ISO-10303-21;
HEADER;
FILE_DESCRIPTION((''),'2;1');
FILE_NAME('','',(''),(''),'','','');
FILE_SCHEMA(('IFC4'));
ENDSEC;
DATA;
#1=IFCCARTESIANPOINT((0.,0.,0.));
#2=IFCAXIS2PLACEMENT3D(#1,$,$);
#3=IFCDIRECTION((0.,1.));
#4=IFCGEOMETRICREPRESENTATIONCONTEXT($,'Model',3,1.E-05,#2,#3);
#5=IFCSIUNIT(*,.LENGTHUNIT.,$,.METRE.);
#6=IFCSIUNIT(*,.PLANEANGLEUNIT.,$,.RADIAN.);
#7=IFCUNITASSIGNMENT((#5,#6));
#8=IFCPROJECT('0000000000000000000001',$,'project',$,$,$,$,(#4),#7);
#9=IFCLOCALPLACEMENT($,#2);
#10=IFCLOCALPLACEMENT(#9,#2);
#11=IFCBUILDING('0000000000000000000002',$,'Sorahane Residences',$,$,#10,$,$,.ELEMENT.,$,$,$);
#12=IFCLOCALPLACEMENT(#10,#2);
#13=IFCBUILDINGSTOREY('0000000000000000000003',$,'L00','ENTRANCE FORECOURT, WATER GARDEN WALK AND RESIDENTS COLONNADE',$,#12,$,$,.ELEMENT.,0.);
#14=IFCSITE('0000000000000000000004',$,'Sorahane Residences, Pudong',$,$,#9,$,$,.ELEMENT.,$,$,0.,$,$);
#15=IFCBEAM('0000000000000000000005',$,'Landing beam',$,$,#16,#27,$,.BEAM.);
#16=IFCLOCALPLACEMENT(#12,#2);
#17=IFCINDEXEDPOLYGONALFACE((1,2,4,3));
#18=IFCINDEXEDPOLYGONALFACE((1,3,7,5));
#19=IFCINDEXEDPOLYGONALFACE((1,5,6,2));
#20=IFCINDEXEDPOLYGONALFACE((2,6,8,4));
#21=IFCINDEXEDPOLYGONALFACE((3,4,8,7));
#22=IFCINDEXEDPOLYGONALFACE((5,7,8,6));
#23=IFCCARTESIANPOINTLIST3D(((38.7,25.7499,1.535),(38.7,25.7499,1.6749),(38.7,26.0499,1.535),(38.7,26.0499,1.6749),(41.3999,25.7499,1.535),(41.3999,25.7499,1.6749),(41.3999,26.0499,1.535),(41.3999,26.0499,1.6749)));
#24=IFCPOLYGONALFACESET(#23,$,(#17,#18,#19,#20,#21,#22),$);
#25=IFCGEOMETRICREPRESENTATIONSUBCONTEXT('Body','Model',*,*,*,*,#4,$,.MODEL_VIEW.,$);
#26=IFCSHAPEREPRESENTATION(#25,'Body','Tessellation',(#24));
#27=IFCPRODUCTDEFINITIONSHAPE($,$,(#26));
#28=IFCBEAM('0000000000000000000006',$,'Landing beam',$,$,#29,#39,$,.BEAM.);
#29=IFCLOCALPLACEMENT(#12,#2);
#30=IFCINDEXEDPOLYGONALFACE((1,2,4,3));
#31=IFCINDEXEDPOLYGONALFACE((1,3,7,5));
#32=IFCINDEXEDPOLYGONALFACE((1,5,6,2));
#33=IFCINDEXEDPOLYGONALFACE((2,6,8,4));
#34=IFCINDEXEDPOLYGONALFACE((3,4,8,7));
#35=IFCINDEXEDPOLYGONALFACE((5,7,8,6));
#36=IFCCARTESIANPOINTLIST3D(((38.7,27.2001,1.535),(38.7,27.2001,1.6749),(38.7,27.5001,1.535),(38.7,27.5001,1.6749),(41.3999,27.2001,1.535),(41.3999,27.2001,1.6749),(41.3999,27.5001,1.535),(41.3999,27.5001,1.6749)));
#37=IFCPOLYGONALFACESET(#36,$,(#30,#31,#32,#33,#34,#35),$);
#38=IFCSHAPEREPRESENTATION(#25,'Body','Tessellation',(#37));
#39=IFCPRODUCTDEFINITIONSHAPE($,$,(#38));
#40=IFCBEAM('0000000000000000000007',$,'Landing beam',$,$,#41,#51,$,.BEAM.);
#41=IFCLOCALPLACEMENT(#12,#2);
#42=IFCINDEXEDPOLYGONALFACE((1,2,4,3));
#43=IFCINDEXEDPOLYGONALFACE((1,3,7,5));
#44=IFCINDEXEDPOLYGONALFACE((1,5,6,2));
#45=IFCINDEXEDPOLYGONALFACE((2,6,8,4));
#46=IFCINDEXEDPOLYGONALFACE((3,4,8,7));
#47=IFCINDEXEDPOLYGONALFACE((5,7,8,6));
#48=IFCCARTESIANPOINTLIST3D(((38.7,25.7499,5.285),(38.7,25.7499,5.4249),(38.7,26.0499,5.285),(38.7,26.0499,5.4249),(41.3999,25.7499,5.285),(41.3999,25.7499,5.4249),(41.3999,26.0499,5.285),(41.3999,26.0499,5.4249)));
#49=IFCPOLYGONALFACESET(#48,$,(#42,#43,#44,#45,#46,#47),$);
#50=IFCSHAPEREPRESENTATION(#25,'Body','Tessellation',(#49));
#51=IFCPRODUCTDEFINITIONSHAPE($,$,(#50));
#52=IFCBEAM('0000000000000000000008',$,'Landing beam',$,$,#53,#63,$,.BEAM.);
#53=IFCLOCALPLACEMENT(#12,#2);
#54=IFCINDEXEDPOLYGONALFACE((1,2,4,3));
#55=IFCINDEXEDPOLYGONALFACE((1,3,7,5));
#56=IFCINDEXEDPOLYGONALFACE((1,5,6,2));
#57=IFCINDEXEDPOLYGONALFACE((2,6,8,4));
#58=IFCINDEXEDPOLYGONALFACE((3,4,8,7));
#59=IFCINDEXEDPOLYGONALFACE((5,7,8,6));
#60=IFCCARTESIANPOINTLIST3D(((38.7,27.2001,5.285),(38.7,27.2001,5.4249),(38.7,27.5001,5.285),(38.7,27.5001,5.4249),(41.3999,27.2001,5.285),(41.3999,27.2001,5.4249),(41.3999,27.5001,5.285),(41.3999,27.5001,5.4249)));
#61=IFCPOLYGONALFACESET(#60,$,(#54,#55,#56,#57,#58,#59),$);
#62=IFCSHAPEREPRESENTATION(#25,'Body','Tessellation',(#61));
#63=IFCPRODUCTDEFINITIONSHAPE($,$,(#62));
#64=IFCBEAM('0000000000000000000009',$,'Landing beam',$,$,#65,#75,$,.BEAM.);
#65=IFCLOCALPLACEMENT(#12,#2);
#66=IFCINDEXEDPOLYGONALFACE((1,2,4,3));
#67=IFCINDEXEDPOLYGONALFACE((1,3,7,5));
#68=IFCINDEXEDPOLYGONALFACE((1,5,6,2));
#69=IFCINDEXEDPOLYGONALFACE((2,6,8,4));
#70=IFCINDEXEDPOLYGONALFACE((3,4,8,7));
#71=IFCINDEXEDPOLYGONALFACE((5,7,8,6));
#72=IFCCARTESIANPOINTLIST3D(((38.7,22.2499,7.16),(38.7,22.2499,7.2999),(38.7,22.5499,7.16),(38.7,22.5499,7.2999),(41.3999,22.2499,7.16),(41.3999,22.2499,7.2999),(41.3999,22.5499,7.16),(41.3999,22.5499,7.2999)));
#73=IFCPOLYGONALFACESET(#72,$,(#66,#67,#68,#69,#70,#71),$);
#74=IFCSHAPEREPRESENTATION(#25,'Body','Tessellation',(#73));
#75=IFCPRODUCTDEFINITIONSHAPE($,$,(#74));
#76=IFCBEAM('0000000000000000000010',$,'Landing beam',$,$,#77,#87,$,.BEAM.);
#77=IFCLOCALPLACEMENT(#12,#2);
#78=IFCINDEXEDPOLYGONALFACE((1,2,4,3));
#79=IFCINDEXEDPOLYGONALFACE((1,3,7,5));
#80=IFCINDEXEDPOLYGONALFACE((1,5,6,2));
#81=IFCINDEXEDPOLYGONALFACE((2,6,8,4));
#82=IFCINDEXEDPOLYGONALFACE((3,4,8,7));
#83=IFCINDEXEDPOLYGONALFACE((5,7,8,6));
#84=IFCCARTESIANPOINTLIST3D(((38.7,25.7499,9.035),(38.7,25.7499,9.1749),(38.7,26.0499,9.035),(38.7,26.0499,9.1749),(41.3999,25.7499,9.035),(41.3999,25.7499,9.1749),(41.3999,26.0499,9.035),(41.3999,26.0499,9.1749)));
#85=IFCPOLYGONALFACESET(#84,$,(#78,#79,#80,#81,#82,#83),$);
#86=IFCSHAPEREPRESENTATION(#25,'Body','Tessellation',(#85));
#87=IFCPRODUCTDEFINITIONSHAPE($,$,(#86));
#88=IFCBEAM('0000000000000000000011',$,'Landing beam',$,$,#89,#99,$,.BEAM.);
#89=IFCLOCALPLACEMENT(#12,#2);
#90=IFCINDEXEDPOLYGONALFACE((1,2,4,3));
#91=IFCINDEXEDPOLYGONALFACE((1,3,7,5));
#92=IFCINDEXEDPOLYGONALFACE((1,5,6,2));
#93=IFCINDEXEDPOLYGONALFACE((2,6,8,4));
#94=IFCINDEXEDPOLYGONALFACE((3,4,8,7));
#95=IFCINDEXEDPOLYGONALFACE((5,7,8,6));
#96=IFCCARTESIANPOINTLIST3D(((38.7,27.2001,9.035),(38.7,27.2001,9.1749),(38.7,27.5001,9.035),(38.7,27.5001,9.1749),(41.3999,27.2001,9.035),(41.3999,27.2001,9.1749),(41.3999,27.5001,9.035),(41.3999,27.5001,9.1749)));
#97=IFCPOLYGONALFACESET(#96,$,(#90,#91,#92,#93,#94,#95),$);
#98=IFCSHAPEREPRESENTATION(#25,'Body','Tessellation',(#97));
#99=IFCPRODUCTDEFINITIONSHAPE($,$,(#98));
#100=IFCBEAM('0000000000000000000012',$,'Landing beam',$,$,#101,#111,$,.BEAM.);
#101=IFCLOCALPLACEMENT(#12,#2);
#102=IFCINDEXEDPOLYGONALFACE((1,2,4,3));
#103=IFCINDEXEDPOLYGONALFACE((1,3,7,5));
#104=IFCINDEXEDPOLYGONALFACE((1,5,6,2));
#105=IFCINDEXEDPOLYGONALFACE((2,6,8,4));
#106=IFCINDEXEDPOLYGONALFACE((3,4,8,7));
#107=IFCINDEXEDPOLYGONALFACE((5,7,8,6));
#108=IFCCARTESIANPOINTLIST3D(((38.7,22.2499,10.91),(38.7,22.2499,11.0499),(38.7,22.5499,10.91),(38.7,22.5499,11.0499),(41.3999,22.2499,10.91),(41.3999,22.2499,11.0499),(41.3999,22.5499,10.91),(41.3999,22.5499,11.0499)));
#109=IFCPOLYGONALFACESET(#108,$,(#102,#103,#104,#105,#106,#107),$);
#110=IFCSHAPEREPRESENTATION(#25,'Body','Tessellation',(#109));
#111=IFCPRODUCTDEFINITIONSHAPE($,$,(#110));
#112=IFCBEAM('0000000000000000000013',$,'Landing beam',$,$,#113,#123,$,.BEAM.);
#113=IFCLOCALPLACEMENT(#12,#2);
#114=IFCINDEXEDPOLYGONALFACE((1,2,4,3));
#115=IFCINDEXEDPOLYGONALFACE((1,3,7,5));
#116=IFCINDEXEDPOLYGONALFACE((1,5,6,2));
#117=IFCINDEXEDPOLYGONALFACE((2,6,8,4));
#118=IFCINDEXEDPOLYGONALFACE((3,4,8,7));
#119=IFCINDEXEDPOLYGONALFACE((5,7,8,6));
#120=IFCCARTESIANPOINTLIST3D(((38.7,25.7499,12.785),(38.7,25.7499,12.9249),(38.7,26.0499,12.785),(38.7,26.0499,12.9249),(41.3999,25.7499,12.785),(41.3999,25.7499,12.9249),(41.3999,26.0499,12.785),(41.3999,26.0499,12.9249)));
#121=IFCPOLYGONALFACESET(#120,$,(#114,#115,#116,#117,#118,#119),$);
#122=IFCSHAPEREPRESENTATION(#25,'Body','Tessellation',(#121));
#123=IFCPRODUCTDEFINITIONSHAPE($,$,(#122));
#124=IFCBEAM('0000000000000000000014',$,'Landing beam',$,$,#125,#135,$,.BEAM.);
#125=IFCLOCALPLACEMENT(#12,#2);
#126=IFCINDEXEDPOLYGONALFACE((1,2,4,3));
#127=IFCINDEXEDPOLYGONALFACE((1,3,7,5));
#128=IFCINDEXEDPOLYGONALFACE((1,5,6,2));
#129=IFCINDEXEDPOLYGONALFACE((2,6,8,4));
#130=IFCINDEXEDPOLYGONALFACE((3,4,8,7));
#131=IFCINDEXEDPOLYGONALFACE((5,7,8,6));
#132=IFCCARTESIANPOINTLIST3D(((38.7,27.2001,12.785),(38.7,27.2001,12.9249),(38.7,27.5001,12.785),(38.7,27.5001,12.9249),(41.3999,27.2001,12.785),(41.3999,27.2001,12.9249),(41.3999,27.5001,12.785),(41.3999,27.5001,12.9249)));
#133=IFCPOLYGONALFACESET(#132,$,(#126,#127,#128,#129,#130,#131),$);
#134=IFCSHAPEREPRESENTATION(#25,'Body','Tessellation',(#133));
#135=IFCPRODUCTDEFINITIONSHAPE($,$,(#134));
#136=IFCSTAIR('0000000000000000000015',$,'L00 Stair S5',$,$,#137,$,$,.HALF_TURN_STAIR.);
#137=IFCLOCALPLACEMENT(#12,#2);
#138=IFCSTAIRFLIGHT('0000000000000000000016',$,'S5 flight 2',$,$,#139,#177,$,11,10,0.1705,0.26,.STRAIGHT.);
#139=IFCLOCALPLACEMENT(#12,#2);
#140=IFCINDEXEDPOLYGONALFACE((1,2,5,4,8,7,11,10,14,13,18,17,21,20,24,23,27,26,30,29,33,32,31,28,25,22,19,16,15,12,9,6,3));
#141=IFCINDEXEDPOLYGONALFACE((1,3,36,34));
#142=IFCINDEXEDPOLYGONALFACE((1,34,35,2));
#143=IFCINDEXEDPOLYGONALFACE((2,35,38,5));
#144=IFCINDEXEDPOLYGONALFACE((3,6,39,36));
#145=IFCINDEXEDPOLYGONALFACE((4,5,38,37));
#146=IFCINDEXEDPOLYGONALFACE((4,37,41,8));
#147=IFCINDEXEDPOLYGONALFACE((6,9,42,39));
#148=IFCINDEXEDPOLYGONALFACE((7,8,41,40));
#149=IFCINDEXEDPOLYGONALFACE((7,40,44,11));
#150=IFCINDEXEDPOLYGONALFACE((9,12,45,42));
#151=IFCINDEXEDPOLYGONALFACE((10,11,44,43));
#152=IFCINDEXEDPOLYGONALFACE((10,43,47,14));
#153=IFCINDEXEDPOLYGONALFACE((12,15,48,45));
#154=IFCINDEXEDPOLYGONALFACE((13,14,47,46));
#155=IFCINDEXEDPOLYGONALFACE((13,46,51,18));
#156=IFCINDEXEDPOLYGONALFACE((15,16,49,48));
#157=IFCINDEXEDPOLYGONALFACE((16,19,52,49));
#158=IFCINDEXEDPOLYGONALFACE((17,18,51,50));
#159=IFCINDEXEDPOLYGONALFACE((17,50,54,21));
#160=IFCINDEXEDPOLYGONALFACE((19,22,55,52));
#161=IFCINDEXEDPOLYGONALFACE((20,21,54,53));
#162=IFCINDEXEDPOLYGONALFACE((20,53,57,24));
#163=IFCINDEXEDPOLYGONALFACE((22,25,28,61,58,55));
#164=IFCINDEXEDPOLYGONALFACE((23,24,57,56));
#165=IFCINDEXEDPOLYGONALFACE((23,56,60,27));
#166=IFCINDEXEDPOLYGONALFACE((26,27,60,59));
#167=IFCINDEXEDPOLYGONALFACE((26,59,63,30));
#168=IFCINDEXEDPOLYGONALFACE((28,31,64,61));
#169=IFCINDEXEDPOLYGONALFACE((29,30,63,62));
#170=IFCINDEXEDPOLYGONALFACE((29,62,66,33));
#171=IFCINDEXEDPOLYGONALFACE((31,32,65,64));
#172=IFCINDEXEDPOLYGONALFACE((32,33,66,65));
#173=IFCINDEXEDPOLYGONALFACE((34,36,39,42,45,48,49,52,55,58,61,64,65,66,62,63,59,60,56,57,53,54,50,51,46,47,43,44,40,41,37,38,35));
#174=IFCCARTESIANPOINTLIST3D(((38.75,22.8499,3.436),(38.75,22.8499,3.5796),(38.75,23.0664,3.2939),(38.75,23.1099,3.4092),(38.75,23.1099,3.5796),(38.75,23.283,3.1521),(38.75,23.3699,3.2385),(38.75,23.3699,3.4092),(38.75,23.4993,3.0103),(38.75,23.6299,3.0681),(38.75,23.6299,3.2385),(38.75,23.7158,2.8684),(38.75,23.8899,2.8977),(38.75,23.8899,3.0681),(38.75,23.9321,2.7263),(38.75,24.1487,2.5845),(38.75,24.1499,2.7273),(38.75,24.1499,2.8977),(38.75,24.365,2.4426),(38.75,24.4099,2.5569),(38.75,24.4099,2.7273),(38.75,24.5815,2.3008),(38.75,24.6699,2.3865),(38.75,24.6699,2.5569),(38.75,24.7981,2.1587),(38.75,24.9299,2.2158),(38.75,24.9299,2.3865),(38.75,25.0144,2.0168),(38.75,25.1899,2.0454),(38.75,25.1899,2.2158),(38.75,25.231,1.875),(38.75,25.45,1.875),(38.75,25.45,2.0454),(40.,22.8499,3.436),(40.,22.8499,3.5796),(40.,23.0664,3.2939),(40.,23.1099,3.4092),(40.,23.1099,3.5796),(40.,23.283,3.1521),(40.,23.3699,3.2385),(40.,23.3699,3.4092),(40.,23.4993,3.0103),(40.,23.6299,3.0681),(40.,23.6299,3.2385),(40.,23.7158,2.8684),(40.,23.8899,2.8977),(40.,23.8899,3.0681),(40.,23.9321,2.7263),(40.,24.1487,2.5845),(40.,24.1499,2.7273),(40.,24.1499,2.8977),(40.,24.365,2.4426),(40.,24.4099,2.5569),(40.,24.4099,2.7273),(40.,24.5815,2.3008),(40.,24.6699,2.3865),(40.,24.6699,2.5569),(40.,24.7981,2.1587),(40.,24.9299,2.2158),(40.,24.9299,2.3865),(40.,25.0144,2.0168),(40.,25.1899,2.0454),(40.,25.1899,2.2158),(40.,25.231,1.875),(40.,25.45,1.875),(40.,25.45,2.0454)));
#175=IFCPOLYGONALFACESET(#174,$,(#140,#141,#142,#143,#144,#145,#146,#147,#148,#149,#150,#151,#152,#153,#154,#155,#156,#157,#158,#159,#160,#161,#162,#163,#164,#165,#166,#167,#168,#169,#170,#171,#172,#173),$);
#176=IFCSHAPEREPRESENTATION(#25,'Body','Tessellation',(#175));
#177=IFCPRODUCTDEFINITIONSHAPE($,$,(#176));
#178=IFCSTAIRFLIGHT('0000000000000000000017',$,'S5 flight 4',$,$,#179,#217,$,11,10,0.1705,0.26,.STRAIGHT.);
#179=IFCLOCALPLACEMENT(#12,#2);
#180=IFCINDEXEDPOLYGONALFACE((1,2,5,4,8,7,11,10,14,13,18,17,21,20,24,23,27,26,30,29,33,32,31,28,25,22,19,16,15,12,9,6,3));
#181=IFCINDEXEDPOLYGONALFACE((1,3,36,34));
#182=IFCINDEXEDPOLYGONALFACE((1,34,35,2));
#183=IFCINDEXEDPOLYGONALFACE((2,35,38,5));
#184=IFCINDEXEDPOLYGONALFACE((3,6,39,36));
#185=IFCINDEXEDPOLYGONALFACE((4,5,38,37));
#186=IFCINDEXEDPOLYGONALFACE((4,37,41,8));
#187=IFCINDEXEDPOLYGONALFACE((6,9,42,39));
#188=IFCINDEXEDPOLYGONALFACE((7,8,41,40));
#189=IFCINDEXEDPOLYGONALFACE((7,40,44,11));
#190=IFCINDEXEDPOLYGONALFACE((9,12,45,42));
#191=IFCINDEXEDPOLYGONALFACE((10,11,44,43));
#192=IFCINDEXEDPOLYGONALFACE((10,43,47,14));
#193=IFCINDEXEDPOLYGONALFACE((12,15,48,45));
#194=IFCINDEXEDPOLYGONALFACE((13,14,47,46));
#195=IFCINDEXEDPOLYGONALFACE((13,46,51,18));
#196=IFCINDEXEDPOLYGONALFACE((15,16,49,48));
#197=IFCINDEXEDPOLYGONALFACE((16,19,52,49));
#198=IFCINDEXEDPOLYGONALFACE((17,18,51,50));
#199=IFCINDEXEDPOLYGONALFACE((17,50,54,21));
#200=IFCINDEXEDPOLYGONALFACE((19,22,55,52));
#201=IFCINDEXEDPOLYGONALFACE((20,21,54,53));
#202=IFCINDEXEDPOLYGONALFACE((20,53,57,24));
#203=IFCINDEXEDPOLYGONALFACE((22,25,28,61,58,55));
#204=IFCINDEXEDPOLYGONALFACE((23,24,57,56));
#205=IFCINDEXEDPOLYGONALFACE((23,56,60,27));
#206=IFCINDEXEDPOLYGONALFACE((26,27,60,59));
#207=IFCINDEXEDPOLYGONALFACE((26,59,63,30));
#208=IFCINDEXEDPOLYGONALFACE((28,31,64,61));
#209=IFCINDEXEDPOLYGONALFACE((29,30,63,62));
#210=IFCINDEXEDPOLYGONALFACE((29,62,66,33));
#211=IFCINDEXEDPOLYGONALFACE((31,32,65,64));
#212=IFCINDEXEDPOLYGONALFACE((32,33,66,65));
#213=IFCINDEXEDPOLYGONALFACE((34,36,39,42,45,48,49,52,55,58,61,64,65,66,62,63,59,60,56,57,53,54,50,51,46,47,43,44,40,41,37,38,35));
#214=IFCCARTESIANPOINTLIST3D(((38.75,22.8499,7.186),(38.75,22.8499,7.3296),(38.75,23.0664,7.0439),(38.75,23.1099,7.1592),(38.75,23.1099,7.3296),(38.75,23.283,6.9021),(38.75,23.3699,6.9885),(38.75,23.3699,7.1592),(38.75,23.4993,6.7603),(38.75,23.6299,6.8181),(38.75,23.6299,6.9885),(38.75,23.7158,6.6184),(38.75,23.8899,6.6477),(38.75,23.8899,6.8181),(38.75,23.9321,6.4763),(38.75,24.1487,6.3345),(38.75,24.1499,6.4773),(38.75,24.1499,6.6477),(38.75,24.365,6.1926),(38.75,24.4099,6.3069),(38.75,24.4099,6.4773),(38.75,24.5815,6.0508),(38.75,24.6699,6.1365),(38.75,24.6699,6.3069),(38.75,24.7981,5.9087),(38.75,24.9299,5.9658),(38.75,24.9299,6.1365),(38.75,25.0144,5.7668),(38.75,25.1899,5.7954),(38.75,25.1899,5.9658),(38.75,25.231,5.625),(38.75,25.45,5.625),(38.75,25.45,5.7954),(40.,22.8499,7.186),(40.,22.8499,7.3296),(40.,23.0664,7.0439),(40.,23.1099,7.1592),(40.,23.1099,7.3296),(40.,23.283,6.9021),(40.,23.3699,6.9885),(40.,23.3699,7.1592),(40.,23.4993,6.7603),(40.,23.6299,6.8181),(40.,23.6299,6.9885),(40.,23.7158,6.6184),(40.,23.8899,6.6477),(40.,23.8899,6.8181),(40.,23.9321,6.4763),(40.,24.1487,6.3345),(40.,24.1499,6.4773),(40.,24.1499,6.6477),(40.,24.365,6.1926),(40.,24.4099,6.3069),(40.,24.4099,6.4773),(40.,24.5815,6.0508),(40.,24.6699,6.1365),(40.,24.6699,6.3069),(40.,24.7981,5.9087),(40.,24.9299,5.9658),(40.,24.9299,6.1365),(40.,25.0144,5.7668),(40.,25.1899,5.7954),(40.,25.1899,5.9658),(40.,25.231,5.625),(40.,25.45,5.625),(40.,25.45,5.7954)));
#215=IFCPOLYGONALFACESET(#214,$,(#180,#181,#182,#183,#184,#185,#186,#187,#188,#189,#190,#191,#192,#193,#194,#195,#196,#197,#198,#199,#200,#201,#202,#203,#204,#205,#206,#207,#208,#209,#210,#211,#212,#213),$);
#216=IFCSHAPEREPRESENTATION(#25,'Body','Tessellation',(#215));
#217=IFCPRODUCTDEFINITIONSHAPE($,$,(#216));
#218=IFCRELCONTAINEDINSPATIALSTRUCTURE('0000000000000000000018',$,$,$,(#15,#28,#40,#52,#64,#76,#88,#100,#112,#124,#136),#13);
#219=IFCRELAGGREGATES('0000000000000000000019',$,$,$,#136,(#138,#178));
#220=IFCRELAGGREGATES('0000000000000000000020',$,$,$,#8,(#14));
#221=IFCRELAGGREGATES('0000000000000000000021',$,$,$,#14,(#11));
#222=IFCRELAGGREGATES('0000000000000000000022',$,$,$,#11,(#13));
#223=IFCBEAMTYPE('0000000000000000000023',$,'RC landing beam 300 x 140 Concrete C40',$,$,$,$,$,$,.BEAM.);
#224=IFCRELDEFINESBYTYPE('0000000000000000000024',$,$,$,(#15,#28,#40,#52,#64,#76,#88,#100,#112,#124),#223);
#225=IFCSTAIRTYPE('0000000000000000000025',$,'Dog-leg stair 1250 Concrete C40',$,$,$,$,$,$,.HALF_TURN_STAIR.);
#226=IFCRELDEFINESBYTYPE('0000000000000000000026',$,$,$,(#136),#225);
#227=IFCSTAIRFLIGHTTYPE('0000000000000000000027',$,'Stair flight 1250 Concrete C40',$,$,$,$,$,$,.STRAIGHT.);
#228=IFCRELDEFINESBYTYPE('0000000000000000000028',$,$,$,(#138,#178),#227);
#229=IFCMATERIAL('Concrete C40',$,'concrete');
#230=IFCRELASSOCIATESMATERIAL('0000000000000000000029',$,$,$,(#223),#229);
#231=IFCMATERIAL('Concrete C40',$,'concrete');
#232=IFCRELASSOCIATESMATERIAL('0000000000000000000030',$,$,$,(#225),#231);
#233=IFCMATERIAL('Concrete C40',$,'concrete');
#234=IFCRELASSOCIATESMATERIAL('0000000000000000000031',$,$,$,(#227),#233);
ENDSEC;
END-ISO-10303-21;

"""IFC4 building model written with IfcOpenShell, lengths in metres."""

from ifc_helpers import new_model, si_unit, direction, frame, origin, origin_2d, place, context, subcontext, project, spatial, polyline, rectangle, outline, extrude, material, material_profile, profile_set, type_object, element, aggregate, save


model = new_model("IFC4")

# Units and contexts
model_context = context("Model", 3, precision=1e-05, world=origin(), true_north=direction((0.0, 1.0)))
body_context = subcontext(model_context, "Body", "Model", "MODEL_VIEW")
ifc_project = project(units=[si_unit("LENGTHUNIT", "METRE"), si_unit("PLANEANGLEUNIT", "RADIAN")], contexts=[model_context])

# Site, building, storey
site_placement = place(None, origin())
site = spatial("IfcSite", under=ifc_project, at=site_placement, Name="Sorahane Residences, Pudong", CompositionType="ELEMENT", RefElevation=0.0)
building_placement = place(site_placement, origin())
building = spatial("IfcBuilding", under=site, at=building_placement, Name="Sorahane Residences", CompositionType="ELEMENT")
storey_placement = place(building_placement, origin())
storey = spatial("IfcBuildingStorey", under=building, at=storey_placement, Name="L00", Description="ENTRANCE FORECOURT, WATER GARDEN WALK AND RESIDENTS COLONNADE", CompositionType="ELEMENT", Elevation=0.0)

# Beams
ifc_material_1 = material(Name="Concrete C40", Category="concrete")
ifc_material_profile = material_profile(ifc_material_1, rectangle(XDim=0.3, YDim=0.1399, at=origin_2d()), Name="300x140")
ifc_profile_set = profile_set([ifc_material_profile], Name="Concrete C40")
beam_type = type_object("IfcBeamType", Name="RC landing beam 300 x 140 Concrete C40", PredefinedType="BEAM", material=ifc_profile_set)
for number, where, z_axis, x_axis, name in (
    (1, (38.7, 25.8999, 1.605), (1.0, 0.0, 0.0), (0.0, 1.0, 0.0), "Landing beam"),
    (2, (38.7, 27.3501, 1.605), (1.0, 0.0, 0.0), (0.0, 1.0, 0.0), "Landing beam"),
    (3, (38.7, 25.8999, 5.355), (1.0, 0.0, 0.0), (0.0, 1.0, 0.0), "Landing beam"),
    (4, (38.7, 27.3501, 5.355), (1.0, 0.0, 0.0), (0.0, 1.0, 0.0), "Landing beam"),
    (5, (38.7, 22.3999, 7.23), (1.0, 0.0, 0.0), (0.0, 1.0, 0.0), "Landing beam"),
    (6, (38.7, 25.8999, 9.105), (1.0, 0.0, 0.0), (0.0, 1.0, 0.0), "Landing beam"),
    (7, (38.7, 27.3501, 9.105), (1.0, 0.0, 0.0), (0.0, 1.0, 0.0), "Landing beam"),
    (8, (38.7, 22.3999, 10.98), (1.0, 0.0, 0.0), (0.0, 1.0, 0.0), "Landing beam"),
    (9, (38.7, 25.8999, 12.855), (1.0, 0.0, 0.0), (0.0, 1.0, 0.0), "Landing beam"),
    (10, (38.7, 27.3501, 12.855), (1.0, 0.0, 0.0), (0.0, 1.0, 0.0), "Landing beam"),
):
    element("IfcBeam", number, at=place(storey_placement, frame(where, z_axis=z_axis, x_axis=x_axis)), inside=storey, type_object=beam_type, Name=name, PredefinedType="BEAM", context=body_context, shape_type="SweptSolid", body=[
        extrude(rectangle(XDim=0.3, YDim=0.1399, at=origin_2d()), origin(), (0.0, 0.0, 1.0), 2.7),
    ])

# Stair, stair flights
ifc_material_2 = material(Name="Concrete C40", Category="concrete")
stair_type = type_object("IfcStairType", Name="Dog-leg stair 1250 Concrete C40", PredefinedType="HALF_TURN_STAIR", material=ifc_material_2)
stair_placement = place(storey_placement, origin())
stair = element("IfcStair", 11, at=stair_placement, inside=storey, type_object=stair_type, Name="L00 Stair S5", PredefinedType="HALF_TURN_STAIR")
ifc_material_3 = material(Name="Concrete C40", Category="concrete")
stair_flight_type = type_object("IfcStairFlightType", Name="Stair flight 1250 Concrete C40", PredefinedType="STRAIGHT", material=ifc_material_3)
stair_flight_1_placement = place(storey_placement, frame((39.375, 25.45, 1.875), z_axis=(0.0, 0.0, 1.0), x_axis=(0.0, -1.0, 0.0)))
stair_flight_1 = element("IfcStairFlight", 12, at=stair_flight_1_placement, type_object=stair_flight_type, Name="S5 flight 2", NumberOfRisers=11, NumberOfTreads=10, PredefinedType="STRAIGHT", RiserHeight=0.1705, TreadLength=0.26, context=body_context, shape_type="SweptSolid", body=[
    extrude(outline(polyline([(0.0, 0.0), (0.0, 0.1704), (0.26, 0.1704), (0.26, 0.3408), (0.52, 0.3408), (0.52, 0.5115), (0.78, 0.5115), (0.78, 0.6819), (1.04, 0.6819), (1.04, 0.8523), (1.3, 0.8523), (1.3, 1.0227), (1.5601, 1.0227), (1.5601, 1.1931), (1.8201, 1.1931), (1.8201, 1.3635), (2.0801, 1.3635), (2.0801, 1.5342), (2.3401, 1.5342), (2.3401, 1.7046), (2.6001, 1.7046), (2.6001, 1.875), (2.6001, 1.561), (2.3835, 1.4189), (2.167, 1.2771), (1.9507, 1.1353), (1.7341, 0.9934), (1.5178, 0.8513), (1.3013, 0.7095), (1.085, 0.5676), (0.8684, 0.4258), (0.6519, 0.2837), (0.4355, 0.1418), (0.219, 0.0), (0.0, 0.0)])), frame((0.0, 0.625, 0.0), z_axis=(0.0, -1.0, 0.0), x_axis=(1.0, 0.0, 0.0)), (0.0, 0.0, 1.0), 1.25),
])
stair_flight_2_placement = place(storey_placement, frame((39.375, 25.45, 5.625), z_axis=(0.0, 0.0, 1.0), x_axis=(0.0, -1.0, 0.0)))
stair_flight_2 = element("IfcStairFlight", 13, at=stair_flight_2_placement, type_object=stair_flight_type, Name="S5 flight 4", NumberOfRisers=11, NumberOfTreads=10, PredefinedType="STRAIGHT", RiserHeight=0.1705, TreadLength=0.26, context=body_context, shape_type="SweptSolid", body=[
    extrude(outline(polyline([(0.0, 0.0), (0.0, 0.1704), (0.26, 0.1704), (0.26, 0.3408), (0.52, 0.3408), (0.52, 0.5115), (0.78, 0.5115), (0.78, 0.6819), (1.04, 0.6819), (1.04, 0.8523), (1.3, 0.8523), (1.3, 1.0227), (1.5601, 1.0227), (1.5601, 1.1931), (1.8201, 1.1931), (1.8201, 1.3635), (2.0801, 1.3635), (2.0801, 1.5342), (2.3401, 1.5342), (2.3401, 1.7046), (2.6001, 1.7046), (2.6001, 1.875), (2.6001, 1.561), (2.3835, 1.4189), (2.167, 1.2771), (1.9507, 1.1353), (1.7341, 0.9934), (1.5178, 0.8513), (1.3013, 0.7095), (1.085, 0.5676), (0.8684, 0.4258), (0.6519, 0.2837), (0.4355, 0.1418), (0.219, 0.0), (0.0, 0.0)])), frame((0.0, 0.625, 0.0), z_axis=(0.0, -1.0, 0.0), x_axis=(1.0, 0.0, 0.0)), (0.0, 0.0, 1.0), 1.25),
])
aggregate(stair, [stair_flight_1, stair_flight_2])

save(model, "model.ifc")
